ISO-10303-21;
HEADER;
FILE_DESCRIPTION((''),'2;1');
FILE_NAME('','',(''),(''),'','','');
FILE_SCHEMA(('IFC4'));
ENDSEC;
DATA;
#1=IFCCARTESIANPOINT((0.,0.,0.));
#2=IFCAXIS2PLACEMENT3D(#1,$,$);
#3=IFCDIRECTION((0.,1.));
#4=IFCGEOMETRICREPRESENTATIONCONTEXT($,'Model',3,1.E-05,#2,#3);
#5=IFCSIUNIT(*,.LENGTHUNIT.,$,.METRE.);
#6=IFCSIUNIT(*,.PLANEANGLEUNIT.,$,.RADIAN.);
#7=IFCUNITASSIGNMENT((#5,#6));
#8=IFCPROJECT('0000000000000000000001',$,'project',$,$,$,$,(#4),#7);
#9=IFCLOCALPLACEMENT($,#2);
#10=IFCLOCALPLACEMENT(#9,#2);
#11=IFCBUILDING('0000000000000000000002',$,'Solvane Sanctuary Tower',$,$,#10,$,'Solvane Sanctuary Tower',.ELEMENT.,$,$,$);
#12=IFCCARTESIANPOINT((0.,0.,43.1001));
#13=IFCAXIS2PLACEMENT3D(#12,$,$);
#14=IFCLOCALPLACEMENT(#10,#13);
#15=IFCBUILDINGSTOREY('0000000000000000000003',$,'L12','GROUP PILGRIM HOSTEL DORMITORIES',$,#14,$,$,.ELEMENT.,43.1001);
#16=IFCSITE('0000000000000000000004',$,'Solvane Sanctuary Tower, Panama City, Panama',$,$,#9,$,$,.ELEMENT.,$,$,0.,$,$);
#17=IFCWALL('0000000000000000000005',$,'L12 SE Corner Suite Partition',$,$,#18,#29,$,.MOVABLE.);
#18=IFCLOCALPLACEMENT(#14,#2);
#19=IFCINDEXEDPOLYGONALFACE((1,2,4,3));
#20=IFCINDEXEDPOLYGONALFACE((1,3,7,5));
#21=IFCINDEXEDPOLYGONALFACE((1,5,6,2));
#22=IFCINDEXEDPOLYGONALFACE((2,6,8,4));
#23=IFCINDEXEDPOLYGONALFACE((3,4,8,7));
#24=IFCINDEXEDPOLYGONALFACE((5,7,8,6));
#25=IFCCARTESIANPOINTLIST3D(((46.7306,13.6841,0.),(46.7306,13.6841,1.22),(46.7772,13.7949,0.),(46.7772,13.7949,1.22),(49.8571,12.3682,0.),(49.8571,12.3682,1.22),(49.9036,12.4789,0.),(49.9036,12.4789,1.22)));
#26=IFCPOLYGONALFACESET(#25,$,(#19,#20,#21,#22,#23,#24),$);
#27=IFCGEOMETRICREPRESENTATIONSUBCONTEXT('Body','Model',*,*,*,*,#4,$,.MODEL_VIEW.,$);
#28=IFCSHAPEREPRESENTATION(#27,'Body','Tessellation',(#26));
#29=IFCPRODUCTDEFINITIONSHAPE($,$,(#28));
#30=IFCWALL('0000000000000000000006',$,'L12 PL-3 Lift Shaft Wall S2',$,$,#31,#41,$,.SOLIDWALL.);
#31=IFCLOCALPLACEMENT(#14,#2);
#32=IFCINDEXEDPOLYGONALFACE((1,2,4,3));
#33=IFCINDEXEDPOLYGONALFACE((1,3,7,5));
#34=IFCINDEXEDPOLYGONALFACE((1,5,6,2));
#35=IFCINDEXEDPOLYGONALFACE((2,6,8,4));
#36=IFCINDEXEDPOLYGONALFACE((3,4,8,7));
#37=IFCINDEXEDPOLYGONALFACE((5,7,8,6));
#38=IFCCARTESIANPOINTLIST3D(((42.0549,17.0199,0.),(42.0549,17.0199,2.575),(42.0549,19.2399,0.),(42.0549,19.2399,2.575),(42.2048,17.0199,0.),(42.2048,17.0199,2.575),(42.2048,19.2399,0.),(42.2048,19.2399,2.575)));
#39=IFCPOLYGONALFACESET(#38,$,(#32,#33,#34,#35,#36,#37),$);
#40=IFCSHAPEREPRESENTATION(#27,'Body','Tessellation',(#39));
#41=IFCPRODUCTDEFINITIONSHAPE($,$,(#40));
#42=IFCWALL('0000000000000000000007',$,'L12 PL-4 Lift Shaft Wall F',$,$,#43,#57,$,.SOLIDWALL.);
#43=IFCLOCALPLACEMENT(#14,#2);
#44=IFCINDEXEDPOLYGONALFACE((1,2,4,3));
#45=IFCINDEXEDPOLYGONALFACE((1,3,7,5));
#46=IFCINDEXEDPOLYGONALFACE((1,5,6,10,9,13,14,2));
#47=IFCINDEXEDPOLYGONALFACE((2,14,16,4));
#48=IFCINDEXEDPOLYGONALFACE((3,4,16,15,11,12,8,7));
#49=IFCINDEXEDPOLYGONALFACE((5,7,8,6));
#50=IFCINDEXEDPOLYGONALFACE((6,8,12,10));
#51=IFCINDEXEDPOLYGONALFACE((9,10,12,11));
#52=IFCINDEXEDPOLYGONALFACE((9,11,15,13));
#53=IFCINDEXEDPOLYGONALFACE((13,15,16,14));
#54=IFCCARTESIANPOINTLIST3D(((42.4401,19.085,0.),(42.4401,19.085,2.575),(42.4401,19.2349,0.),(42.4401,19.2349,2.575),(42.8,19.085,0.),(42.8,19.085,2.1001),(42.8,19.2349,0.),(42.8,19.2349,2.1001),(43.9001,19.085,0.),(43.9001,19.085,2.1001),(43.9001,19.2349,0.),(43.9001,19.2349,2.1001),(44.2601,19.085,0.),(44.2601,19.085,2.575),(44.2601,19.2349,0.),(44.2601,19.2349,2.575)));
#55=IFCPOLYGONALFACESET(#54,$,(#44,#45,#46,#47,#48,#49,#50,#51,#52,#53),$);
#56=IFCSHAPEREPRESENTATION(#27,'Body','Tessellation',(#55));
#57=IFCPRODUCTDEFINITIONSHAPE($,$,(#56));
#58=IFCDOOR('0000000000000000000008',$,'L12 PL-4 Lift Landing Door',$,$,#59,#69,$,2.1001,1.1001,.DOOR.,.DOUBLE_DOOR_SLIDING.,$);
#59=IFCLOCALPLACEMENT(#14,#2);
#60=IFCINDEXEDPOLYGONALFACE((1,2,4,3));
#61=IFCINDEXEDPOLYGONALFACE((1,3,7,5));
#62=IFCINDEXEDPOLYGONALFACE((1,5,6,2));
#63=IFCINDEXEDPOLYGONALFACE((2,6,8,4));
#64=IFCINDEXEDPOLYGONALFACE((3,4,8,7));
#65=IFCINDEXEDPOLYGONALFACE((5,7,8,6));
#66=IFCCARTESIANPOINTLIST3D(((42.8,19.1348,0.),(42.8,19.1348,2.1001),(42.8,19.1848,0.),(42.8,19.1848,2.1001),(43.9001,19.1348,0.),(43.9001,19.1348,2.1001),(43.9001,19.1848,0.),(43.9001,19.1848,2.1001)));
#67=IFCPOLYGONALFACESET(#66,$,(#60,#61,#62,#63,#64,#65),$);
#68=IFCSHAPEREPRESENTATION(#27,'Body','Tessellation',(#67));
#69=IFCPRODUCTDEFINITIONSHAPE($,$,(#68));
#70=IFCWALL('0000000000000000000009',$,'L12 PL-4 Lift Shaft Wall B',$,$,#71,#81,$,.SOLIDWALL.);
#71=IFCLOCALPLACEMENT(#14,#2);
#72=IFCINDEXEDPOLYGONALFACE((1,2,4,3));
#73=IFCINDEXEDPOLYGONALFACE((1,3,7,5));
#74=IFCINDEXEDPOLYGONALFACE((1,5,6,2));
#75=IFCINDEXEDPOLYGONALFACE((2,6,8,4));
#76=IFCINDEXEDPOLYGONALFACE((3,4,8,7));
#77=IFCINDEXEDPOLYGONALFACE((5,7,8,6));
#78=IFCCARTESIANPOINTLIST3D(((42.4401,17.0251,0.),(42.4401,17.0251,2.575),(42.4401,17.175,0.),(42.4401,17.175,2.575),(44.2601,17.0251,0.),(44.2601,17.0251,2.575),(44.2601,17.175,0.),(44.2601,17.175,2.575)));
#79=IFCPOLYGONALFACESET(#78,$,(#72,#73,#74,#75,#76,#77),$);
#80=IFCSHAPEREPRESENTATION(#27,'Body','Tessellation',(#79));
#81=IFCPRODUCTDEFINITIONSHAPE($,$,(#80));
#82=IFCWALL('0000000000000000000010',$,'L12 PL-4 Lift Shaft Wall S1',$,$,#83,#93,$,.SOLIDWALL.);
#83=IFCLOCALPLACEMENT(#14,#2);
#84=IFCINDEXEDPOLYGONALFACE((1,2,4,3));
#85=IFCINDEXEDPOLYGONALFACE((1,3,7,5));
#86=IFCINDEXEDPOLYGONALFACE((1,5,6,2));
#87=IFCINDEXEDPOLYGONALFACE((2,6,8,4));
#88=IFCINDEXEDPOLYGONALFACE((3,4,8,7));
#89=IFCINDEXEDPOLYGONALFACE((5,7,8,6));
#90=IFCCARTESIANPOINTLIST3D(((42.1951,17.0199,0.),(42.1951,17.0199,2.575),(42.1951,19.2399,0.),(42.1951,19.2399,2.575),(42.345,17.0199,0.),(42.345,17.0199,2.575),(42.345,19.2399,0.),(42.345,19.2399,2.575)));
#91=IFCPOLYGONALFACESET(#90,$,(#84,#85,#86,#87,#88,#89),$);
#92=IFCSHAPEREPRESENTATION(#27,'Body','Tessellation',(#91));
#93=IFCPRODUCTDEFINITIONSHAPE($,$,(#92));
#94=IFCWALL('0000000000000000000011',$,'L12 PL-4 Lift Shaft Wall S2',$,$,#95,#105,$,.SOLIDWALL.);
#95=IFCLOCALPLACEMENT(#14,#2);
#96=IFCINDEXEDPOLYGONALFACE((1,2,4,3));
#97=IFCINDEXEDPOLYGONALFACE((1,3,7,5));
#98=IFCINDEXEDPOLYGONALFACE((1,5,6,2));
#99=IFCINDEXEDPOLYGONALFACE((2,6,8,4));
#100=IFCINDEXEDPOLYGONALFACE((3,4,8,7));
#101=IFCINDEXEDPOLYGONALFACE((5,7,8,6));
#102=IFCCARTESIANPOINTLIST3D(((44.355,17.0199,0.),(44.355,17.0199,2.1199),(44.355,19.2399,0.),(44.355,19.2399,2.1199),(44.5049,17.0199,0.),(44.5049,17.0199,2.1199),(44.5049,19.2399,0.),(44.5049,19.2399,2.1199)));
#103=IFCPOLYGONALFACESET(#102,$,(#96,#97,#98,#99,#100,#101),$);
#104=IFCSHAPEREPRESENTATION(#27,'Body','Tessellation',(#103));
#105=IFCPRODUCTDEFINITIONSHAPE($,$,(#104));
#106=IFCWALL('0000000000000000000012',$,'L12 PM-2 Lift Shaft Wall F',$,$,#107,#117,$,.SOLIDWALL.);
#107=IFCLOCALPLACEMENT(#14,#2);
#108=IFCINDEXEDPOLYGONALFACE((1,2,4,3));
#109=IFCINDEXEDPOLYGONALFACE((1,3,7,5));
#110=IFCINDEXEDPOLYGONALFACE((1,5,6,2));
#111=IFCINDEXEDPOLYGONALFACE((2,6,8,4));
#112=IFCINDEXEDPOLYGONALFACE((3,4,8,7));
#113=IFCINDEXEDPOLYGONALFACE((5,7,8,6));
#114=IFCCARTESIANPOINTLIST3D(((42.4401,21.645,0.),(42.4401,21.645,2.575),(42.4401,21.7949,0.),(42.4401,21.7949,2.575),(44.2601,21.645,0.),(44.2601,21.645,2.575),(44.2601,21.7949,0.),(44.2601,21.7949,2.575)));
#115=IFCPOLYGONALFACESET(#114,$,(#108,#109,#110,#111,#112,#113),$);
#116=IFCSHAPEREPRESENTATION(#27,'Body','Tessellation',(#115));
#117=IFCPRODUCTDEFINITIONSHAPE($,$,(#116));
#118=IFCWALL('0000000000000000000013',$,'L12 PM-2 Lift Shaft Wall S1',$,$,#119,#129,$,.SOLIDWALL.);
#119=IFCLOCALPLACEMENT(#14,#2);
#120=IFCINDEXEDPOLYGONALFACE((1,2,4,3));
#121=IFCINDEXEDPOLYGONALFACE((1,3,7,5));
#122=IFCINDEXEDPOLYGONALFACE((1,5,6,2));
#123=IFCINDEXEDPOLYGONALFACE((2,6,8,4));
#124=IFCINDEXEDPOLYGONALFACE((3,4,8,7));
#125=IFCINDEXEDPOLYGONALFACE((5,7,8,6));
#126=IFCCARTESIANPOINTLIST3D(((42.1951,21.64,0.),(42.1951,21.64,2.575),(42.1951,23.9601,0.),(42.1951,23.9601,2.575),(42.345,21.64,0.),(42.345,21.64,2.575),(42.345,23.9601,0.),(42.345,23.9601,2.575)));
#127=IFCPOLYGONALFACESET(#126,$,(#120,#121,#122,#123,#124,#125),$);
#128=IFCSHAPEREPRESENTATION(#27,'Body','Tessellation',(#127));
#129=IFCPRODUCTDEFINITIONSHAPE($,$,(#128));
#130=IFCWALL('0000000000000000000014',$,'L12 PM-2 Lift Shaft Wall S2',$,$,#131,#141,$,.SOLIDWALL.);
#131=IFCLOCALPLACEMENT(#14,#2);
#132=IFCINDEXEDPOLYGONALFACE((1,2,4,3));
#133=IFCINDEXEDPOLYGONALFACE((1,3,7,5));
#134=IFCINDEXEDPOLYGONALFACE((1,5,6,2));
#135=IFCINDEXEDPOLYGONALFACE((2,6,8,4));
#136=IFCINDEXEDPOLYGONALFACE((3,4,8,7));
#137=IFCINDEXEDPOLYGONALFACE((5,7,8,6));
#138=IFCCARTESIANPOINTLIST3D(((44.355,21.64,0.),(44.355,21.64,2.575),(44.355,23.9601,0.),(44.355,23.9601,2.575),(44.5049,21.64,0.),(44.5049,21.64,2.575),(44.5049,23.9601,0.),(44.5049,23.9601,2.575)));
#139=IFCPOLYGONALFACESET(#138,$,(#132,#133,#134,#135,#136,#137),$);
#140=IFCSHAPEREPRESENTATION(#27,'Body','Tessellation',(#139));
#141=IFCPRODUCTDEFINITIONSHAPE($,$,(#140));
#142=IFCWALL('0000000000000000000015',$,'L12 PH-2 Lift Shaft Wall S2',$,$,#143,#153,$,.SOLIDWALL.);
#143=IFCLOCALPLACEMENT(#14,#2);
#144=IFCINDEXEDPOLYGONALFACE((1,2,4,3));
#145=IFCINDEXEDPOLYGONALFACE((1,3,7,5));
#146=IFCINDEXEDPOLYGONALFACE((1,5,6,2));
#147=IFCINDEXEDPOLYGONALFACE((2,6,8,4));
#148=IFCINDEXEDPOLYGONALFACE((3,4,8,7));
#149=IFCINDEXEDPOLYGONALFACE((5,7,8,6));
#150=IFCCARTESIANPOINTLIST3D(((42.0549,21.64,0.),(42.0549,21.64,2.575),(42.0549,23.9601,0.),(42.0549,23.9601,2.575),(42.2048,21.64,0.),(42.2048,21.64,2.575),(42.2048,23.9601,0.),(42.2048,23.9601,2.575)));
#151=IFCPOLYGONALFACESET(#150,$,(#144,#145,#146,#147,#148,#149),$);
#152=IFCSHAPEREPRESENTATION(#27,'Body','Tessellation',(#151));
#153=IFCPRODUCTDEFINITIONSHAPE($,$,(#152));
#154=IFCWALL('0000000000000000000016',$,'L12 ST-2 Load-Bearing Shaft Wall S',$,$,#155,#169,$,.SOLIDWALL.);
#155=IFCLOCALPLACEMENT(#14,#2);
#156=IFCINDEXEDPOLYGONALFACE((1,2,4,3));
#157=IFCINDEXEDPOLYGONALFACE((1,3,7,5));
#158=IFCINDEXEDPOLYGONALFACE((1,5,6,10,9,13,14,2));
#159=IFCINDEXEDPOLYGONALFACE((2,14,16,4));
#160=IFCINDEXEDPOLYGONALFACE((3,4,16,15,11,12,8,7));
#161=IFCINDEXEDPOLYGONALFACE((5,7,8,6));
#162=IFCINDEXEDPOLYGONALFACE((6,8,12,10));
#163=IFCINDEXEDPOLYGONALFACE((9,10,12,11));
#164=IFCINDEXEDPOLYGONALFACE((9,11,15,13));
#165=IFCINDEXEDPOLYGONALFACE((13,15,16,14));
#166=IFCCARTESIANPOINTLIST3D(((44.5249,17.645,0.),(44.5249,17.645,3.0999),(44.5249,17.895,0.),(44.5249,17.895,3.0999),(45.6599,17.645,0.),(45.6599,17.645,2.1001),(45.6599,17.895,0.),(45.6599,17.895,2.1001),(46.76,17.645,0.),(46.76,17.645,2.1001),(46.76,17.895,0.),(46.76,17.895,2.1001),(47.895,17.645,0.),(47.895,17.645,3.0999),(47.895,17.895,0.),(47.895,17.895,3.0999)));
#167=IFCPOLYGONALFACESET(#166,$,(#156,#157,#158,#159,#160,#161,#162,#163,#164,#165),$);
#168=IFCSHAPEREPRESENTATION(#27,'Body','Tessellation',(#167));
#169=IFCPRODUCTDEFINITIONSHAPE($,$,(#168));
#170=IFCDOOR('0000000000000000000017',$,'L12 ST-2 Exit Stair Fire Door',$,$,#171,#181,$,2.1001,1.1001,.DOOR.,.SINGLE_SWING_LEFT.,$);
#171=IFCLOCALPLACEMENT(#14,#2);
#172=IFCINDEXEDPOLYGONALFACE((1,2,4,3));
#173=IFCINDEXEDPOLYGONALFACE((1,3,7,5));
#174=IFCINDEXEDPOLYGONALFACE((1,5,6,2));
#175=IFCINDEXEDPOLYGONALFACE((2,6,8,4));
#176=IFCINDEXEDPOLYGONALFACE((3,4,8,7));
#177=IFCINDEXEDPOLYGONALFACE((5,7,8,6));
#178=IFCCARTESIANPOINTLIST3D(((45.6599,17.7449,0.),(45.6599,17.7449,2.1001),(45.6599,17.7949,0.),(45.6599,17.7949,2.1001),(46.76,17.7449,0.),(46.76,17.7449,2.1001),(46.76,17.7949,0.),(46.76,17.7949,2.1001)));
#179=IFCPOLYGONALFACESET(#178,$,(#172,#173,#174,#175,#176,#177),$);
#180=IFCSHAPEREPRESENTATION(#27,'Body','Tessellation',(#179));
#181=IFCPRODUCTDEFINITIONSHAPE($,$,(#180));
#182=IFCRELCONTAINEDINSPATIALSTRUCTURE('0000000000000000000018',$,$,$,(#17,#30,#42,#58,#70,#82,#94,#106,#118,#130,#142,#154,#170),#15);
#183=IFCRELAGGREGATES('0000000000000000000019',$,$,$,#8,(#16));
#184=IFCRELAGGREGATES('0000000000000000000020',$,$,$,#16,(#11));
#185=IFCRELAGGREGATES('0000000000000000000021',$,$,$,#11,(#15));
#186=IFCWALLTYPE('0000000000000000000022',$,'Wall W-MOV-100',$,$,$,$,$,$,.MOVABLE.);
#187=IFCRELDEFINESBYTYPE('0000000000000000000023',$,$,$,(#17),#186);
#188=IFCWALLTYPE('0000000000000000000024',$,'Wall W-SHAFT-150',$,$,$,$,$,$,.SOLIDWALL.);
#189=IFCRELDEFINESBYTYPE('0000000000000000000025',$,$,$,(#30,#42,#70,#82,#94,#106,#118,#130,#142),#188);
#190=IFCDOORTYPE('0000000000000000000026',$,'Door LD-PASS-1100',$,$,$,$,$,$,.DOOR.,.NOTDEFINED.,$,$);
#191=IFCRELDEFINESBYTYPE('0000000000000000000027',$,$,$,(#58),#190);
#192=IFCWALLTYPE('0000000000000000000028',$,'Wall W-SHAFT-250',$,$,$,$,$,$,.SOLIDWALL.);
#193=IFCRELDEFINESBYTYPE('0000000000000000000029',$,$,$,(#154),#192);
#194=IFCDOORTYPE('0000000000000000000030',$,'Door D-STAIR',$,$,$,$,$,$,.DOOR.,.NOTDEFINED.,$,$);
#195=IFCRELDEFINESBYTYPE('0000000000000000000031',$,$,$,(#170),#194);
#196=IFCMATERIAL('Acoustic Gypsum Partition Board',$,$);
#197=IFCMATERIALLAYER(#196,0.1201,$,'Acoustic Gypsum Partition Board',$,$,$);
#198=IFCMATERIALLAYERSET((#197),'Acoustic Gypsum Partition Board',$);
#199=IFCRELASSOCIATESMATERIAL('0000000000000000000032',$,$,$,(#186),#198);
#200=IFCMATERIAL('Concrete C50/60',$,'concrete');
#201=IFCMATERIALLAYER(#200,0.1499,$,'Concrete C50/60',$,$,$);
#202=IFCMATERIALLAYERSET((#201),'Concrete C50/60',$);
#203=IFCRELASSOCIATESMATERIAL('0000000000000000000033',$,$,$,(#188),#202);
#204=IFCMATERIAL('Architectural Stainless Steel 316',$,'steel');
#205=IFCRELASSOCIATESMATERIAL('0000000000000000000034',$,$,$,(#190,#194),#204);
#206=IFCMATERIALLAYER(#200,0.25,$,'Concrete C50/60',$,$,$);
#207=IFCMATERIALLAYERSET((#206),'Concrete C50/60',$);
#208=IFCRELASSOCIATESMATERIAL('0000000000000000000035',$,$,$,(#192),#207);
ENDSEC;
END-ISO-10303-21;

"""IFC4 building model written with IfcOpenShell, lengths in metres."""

from ifc_helpers import new_model, si_unit, direction, frame, frame_2d, origin, place, context, subcontext, project, spatial, rectangle, extrude, material, layer, layer_set, type_object, element, fill, save


model = new_model("IFC4")

# Units and contexts
model_context = context("Model", 3, precision=1e-05, world=origin(), true_north=direction((0.0, 1.0)))
body_context = subcontext(model_context, "Body", "Model", "MODEL_VIEW")
ifc_project = project(units=[si_unit("LENGTHUNIT", "METRE"), si_unit("PLANEANGLEUNIT", "RADIAN")], contexts=[model_context])

# Site, building, storey
site_placement = place(None, origin())
site = spatial("IfcSite", under=ifc_project, at=site_placement, Name="Solvane Sanctuary Tower, Panama City, Panama", CompositionType="ELEMENT", RefElevation=0.0)
building_placement = place(site_placement, origin())
building = spatial("IfcBuilding", under=site, at=building_placement, Name="Solvane Sanctuary Tower", LongName="Solvane Sanctuary Tower", CompositionType="ELEMENT")
storey_placement = place(building_placement, frame((0.0, 0.0, 43.1001)))
storey = spatial("IfcBuildingStorey", under=building, at=storey_placement, Name="L12", Description="GROUP PILGRIM HOSTEL DORMITORIES", CompositionType="ELEMENT", Elevation=43.1001)

# Shared definitions
ifc_material_1 = material(Name="Acoustic Gypsum Partition Board")

# Walls
ifc_layer_1 = layer(ifc_material_1, 0.1201, Name="Acoustic Gypsum Partition Board")
ifc_layer_set_1 = layer_set([ifc_layer_1], Name="Acoustic Gypsum Partition Board")
wall_type_1 = type_object("IfcWallType", Name="Wall W-MOV-100", PredefinedType="MOVABLE", material=ifc_layer_set_1)
wall_1_placement = place(storey_placement, frame((46.7539, 13.7395, 0.0), z_axis=(0.0, 0.0, 1.0), x_axis=(0.921687, -0.387935, 0.0)))
element("IfcWall", 1, at=wall_1_placement, inside=storey, type_object=wall_type_1, Name="L12 SE Corner Suite Partition", PredefinedType="MOVABLE", context=body_context, shape_type="SweptSolid", body=[
    extrude(rectangle(XDim=3.3921, YDim=0.1201, at=frame_2d((1.696, 0.0))), origin(), (0.0, 0.0, 1.0), 1.22),
])
ifc_material_2 = material(Name="Concrete C50/60", Category="concrete")
ifc_layer_2 = layer(ifc_material_2, 0.1499, Name="Concrete C50/60")
ifc_layer_set_2 = layer_set([ifc_layer_2], Name="Concrete C50/60")
wall_type_2 = type_object("IfcWallType", Name="Wall W-SHAFT-150", PredefinedType="SOLIDWALL", material=ifc_layer_set_2)
wall_2_placement = place(storey_placement, frame((42.1299, 17.02, 0.0), z_axis=(0.0, 0.0, 1.0), x_axis=(0.0, 1.0, 0.0)))
element("IfcWall", 2, at=wall_2_placement, inside=storey, type_object=wall_type_2, Name="L12 PL-3 Lift Shaft Wall S2", PredefinedType="SOLIDWALL", context=body_context, shape_type="SweptSolid", body=[
    extrude(rectangle(XDim=2.22, YDim=0.1499, at=frame_2d((1.1099, 0.0))), origin(), (0.0, 0.0, 1.0), 2.575),
])

# Wall, opening, door
wall_3_placement = place(storey_placement, frame((42.4399, 19.1599, 0.0), z_axis=(0.0, 0.0, 1.0), x_axis=(1.0, 0.0, 0.0)))
wall_3 = element("IfcWall", 3, at=wall_3_placement, inside=storey, type_object=wall_type_2, Name="L12 PL-4 Lift Shaft Wall F", PredefinedType="SOLIDWALL", context=body_context, shape_type="SweptSolid", body=[
    extrude(rectangle(XDim=1.8201, YDim=0.1499, at=frame_2d((0.9102, 0.0))), origin(), (0.0, 0.0, 1.0), 2.575),
])
opening_1_placement = place(wall_3_placement, frame((0.3601, 0.0, 0.0)))
opening_1 = element("IfcOpeningElement", 4, at=opening_1_placement, cuts=wall_3, PredefinedType="OPENING", context=body_context, shape_type="SweptSolid", body=[
    extrude(rectangle(XDim=1.1001, YDim=2.1001, at=frame_2d((0.55, 1.05))), frame((0.0, 0.085, 0.0), z_axis=(0.0, -1.0, 0.0), x_axis=(1.0, 0.0, 0.0)), (0.0, 0.0, 1.0), 0.1699),
])
ifc_material_3 = material(Name="Architectural Stainless Steel 316", Category="steel")
door_type_1 = type_object("IfcDoorType", Name="Door LD-PASS-1100", OperationType="NOTDEFINED", PredefinedType="DOOR", material=ifc_material_3)
door_1_placement = place(opening_1_placement, origin())
door_1 = element("IfcDoor", 5, at=door_1_placement, inside=storey, type_object=door_type_1, Name="L12 PL-4 Lift Landing Door", OperationType="DOUBLE_DOOR_SLIDING", OverallHeight=2.1001, OverallWidth=1.1001, PredefinedType="DOOR", context=body_context, shape_type="SweptSolid", body=[
    extrude(rectangle(XDim=1.1001, YDim=2.1001, at=frame_2d((0.55, 1.05))), frame((0.0, 0.0249, 0.0), z_axis=(0.0, -1.0, 0.0), x_axis=(1.0, 0.0, 0.0)), (0.0, 0.0, 1.0), 0.05),
])
fill(opening_1, door_1)

# Walls
wall_4_placement = place(storey_placement, frame((42.4399, 17.1001, 0.0), z_axis=(0.0, 0.0, 1.0), x_axis=(1.0, 0.0, 0.0)))
element("IfcWall", 6, at=wall_4_placement, inside=storey, type_object=wall_type_2, Name="L12 PL-4 Lift Shaft Wall B", PredefinedType="SOLIDWALL", context=body_context, shape_type="SweptSolid", body=[
    extrude(rectangle(XDim=1.8201, YDim=0.1499, at=frame_2d((0.9102, 0.0))), origin(), (0.0, 0.0, 1.0), 2.575),
])
wall_5_placement = place(storey_placement, frame((42.27, 17.02, 0.0), z_axis=(0.0, 0.0, 1.0), x_axis=(0.0, 1.0, 0.0)))
element("IfcWall", 7, at=wall_5_placement, inside=storey, type_object=wall_type_2, Name="L12 PL-4 Lift Shaft Wall S1", PredefinedType="SOLIDWALL", context=body_context, shape_type="SweptSolid", body=[
    extrude(rectangle(XDim=2.22, YDim=0.1499, at=frame_2d((1.1099, 0.0))), origin(), (0.0, 0.0, 1.0), 2.575),
])
wall_6_placement = place(storey_placement, frame((44.4299, 17.02, 0.0), z_axis=(0.0, 0.0, 1.0), x_axis=(0.0, 1.0, 0.0)))
element("IfcWall", 8, at=wall_6_placement, inside=storey, type_object=wall_type_2, Name="L12 PL-4 Lift Shaft Wall S2", PredefinedType="SOLIDWALL", context=body_context, shape_type="SweptSolid", body=[
    extrude(rectangle(XDim=2.22, YDim=0.1499, at=frame_2d((1.1099, 0.0))), origin(), (0.0, 0.0, 1.0), 2.1199),
])
wall_7_placement = place(storey_placement, frame((42.4399, 21.72, 0.0), z_axis=(0.0, 0.0, 1.0), x_axis=(1.0, 0.0, 0.0)))
element("IfcWall", 9, at=wall_7_placement, inside=storey, type_object=wall_type_2, Name="L12 PM-2 Lift Shaft Wall F", PredefinedType="SOLIDWALL", context=body_context, shape_type="SweptSolid", body=[
    extrude(rectangle(XDim=1.8201, YDim=0.1499, at=frame_2d((0.9102, 0.0))), origin(), (0.0, 0.0, 1.0), 2.575),
])
for number, where, z_axis, x_axis, name in (
    (10, (42.27, 21.6399, 0.0), (0.0, 0.0, 1.0), (0.0, 1.0, 0.0), "L12 PM-2 Lift Shaft Wall S1"),
    (11, (44.4299, 21.6399, 0.0), (0.0, 0.0, 1.0), (0.0, 1.0, 0.0), "L12 PM-2 Lift Shaft Wall S2"),
    (12, (42.1299, 21.6399, 0.0), (0.0, 0.0, 1.0), (0.0, 1.0, 0.0), "L12 PH-2 Lift Shaft Wall S2"),
):
    element("IfcWall", number, at=place(storey_placement, frame(where, z_axis=z_axis, x_axis=x_axis)), inside=storey, type_object=wall_type_2, Name=name, PredefinedType="SOLIDWALL", context=body_context, shape_type="SweptSolid", body=[
        extrude(rectangle(XDim=2.3201, YDim=0.1499, at=frame_2d((1.1602, 0.0))), origin(), (0.0, 0.0, 1.0), 2.575),
    ])

# Wall, opening, door
ifc_layer_3 = layer(ifc_material_2, 0.25, Name="Concrete C50/60")
ifc_layer_set_3 = layer_set([ifc_layer_3], Name="Concrete C50/60")
wall_type_3 = type_object("IfcWallType", Name="Wall W-SHAFT-250", PredefinedType="SOLIDWALL", material=ifc_layer_set_3)
wall_8_placement = place(storey_placement, frame((44.5249, 17.77, 0.0), z_axis=(0.0, 0.0, 1.0), x_axis=(1.0, 0.0, 0.0)))
wall_8 = element("IfcWall", 13, at=wall_8_placement, inside=storey, type_object=wall_type_3, Name="L12 ST-2 Load-Bearing Shaft Wall S", PredefinedType="SOLIDWALL", context=body_context, shape_type="SweptSolid", body=[
    extrude(rectangle(XDim=3.3701, YDim=0.25, at=frame_2d((1.6851, 0.0))), origin(), (0.0, 0.0, 1.0), 3.0999),
])
opening_2_placement = place(wall_8_placement, frame((1.135, 0.0, 0.0)))
opening_2 = element("IfcOpeningElement", 14, at=opening_2_placement, cuts=wall_8, PredefinedType="OPENING", context=body_context, shape_type="SweptSolid", body=[
    extrude(rectangle(XDim=1.1001, YDim=2.1001, at=frame_2d((0.55, 1.05))), frame((0.0, 0.135, 0.0), z_axis=(0.0, -1.0, 0.0), x_axis=(1.0, 0.0, 0.0)), (0.0, 0.0, 1.0), 0.27),
])
door_type_2 = type_object("IfcDoorType", Name="Door D-STAIR", OperationType="NOTDEFINED", PredefinedType="DOOR", material=ifc_material_3)
door_2_placement = place(opening_2_placement, origin())
door_2 = element("IfcDoor", 15, at=door_2_placement, inside=storey, type_object=door_type_2, Name="L12 ST-2 Exit Stair Fire Door", OperationType="SINGLE_SWING_LEFT", OverallHeight=2.1001, OverallWidth=1.1001, PredefinedType="DOOR", context=body_context, shape_type="SweptSolid", body=[
    extrude(rectangle(XDim=1.1001, YDim=2.1001, at=frame_2d((0.55, 1.05))), frame((0.0, 0.0249, 0.0), z_axis=(0.0, -1.0, 0.0), x_axis=(1.0, 0.0, 0.0)), (0.0, 0.0, 1.0), 0.05),
])
fill(opening_2, door_2)

save(model, "model.ifc")
